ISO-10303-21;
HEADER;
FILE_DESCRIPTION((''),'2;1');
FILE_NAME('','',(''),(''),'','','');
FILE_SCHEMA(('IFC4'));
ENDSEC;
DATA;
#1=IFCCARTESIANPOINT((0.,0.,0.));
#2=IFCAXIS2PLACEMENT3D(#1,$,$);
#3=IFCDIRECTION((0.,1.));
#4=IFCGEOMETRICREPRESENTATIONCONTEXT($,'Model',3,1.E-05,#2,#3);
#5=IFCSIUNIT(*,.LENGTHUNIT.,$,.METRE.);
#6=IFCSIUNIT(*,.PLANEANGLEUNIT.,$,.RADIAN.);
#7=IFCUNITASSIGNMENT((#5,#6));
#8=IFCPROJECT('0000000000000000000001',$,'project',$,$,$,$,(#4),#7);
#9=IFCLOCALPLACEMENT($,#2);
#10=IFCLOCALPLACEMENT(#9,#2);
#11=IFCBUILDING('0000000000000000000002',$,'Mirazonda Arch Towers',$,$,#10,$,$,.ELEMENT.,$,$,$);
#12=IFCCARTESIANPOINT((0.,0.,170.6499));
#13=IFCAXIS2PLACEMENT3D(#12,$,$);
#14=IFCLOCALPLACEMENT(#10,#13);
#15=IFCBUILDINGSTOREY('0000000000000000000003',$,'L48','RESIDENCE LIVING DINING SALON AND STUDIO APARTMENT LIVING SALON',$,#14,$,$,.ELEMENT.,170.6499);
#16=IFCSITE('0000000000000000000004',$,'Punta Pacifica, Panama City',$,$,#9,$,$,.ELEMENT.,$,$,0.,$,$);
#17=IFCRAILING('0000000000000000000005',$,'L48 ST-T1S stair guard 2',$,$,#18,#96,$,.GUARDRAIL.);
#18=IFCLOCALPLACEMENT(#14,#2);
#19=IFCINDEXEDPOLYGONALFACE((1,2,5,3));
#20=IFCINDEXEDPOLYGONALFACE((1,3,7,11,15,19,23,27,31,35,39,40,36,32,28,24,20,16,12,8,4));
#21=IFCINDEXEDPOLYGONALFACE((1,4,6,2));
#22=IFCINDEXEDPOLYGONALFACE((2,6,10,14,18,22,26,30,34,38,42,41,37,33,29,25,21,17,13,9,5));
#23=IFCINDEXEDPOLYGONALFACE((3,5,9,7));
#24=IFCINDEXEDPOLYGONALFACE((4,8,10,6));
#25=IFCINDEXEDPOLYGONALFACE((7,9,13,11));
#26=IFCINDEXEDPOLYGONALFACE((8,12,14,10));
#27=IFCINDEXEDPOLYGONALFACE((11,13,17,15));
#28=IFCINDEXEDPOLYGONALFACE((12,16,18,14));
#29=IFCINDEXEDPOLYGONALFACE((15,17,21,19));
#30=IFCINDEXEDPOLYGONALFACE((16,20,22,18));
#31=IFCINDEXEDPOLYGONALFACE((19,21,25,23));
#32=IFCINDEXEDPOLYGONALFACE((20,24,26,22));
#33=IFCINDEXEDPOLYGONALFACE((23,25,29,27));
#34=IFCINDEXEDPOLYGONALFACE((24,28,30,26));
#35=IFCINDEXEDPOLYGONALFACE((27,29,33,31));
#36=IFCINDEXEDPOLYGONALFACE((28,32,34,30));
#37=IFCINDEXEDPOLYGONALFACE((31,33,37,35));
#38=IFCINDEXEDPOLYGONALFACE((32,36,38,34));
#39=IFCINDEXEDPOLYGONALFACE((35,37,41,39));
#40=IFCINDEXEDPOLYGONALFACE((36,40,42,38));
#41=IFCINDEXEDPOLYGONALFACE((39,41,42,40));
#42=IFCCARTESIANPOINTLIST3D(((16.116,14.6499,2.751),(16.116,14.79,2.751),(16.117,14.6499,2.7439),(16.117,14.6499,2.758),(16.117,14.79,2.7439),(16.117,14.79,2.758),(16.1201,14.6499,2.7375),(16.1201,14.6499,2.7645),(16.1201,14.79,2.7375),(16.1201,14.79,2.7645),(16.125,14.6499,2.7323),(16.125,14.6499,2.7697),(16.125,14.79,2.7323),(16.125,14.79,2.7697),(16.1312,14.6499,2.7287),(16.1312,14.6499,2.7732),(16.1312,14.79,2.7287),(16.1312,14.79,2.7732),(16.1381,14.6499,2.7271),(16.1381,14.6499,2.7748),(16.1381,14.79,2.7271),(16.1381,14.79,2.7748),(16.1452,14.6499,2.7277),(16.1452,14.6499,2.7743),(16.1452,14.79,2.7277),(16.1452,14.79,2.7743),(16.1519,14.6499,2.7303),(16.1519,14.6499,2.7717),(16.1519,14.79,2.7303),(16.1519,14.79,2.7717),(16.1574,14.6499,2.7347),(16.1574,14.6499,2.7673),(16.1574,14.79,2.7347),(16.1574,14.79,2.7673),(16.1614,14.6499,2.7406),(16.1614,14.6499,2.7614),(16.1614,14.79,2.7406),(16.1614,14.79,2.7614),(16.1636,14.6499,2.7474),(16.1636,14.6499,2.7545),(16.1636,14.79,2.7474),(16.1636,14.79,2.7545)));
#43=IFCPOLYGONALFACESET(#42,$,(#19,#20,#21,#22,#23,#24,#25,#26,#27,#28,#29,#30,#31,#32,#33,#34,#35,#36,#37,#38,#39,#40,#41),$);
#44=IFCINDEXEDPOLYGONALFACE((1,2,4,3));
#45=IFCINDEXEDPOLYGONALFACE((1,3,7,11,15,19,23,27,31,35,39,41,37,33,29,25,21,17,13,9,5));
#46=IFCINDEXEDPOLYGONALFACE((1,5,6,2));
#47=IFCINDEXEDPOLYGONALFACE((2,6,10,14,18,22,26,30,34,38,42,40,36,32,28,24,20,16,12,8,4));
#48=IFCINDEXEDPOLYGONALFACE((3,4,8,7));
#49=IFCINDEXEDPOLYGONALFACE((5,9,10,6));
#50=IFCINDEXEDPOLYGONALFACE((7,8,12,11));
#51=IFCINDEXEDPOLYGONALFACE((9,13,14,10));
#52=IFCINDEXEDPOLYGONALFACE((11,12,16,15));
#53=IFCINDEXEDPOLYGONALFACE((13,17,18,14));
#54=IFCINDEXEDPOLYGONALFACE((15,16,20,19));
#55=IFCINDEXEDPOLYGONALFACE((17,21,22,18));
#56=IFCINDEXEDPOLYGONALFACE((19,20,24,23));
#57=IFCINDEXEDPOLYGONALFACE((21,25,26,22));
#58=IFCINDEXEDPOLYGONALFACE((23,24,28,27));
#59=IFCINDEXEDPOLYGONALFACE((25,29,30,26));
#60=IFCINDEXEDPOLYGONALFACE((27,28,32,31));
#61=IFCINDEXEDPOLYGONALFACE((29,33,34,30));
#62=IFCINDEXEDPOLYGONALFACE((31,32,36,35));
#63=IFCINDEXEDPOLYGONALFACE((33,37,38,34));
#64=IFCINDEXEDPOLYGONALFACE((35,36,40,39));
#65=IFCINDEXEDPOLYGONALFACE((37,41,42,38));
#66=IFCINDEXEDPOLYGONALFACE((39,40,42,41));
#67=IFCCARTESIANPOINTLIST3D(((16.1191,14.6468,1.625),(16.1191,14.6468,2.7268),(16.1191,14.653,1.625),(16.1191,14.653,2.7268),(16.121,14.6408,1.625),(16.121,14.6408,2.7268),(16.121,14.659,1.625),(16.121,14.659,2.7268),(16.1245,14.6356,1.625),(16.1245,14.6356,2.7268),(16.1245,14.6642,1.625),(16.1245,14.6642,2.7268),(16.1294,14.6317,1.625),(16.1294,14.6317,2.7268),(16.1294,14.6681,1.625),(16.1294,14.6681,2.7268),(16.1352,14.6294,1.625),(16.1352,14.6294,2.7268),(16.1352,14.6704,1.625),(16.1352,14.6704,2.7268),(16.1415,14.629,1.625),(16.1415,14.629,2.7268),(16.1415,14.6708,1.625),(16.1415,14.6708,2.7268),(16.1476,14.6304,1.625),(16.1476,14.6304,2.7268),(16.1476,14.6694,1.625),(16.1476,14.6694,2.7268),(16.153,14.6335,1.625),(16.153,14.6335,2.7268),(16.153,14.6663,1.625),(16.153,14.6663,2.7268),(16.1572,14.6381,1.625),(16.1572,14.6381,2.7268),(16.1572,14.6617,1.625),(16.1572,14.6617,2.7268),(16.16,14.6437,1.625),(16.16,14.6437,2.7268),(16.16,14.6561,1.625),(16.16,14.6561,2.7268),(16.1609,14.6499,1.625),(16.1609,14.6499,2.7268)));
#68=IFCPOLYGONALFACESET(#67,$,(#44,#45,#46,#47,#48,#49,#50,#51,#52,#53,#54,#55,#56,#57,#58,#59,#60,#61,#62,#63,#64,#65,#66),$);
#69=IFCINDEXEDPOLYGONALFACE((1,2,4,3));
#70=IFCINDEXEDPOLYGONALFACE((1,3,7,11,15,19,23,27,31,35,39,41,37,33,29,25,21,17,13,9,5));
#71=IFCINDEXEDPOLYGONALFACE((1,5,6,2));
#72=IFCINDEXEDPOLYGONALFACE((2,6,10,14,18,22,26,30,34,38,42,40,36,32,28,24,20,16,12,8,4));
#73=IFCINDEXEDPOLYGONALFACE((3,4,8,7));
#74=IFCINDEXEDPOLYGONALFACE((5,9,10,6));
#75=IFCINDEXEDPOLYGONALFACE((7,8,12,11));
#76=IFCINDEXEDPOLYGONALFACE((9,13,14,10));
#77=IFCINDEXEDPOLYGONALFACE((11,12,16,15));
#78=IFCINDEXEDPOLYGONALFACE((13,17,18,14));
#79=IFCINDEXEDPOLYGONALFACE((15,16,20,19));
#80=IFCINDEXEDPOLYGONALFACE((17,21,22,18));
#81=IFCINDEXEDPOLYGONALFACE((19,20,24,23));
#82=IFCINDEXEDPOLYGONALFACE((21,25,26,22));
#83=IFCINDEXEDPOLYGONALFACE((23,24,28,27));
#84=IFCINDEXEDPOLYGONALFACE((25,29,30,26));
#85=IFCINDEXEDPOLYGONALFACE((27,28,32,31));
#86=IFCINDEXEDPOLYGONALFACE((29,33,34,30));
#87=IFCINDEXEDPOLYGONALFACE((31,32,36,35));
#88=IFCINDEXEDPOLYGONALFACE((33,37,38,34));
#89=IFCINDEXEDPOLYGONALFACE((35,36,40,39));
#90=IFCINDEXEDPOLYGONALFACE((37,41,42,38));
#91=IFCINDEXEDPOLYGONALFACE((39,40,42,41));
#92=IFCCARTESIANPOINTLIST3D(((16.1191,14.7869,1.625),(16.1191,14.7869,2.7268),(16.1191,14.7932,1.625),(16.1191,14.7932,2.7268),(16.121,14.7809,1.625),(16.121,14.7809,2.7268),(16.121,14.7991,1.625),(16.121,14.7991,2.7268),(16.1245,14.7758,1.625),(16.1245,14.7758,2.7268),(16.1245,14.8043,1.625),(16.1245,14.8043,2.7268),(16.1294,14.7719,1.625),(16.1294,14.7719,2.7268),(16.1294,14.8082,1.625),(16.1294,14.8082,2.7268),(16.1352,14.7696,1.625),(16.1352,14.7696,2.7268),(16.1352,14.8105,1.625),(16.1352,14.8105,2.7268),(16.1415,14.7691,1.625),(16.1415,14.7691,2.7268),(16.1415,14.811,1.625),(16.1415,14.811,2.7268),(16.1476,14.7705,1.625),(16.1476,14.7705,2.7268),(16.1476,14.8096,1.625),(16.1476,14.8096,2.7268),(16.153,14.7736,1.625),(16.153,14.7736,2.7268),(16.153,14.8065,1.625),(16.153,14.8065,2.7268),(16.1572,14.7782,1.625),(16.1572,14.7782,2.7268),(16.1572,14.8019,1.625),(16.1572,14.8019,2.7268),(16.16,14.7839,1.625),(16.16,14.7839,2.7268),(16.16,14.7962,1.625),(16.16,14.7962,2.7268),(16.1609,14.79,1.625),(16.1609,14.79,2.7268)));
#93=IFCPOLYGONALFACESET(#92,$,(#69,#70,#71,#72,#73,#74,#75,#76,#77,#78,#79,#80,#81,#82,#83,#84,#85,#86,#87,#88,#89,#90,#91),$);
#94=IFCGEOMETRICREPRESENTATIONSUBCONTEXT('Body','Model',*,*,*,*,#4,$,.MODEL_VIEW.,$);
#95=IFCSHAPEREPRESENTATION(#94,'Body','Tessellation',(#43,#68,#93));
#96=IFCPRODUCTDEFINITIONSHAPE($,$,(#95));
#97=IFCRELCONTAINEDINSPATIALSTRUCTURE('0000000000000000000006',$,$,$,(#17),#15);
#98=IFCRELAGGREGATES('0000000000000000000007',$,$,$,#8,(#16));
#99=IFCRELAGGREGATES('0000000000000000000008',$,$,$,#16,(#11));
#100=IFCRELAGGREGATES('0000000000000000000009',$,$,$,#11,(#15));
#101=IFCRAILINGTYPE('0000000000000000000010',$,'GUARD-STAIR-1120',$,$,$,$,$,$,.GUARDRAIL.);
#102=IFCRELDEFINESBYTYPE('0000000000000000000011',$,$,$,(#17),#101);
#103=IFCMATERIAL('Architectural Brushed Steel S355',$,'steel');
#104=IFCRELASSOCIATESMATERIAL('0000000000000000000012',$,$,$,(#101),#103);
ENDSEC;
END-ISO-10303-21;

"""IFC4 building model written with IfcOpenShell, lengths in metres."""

from ifc_helpers import new_model, si_unit, direction, frame, origin, origin_2d, place, context, subcontext, project, spatial, circle, extrude, material, type_object, element, save


model = new_model("IFC4")

# Units and contexts
model_context = context("Model", 3, precision=1e-05, world=origin(), true_north=direction((0.0, 1.0)))
body_context = subcontext(model_context, "Body", "Model", "MODEL_VIEW")
ifc_project = project(units=[si_unit("LENGTHUNIT", "METRE"), si_unit("PLANEANGLEUNIT", "RADIAN")], contexts=[model_context])

# Site, building, storey
site_placement = place(None, origin())
site = spatial("IfcSite", under=ifc_project, at=site_placement, Name="Punta Pacifica, Panama City", CompositionType="ELEMENT", RefElevation=0.0)
building_placement = place(site_placement, origin())
building = spatial("IfcBuilding", under=site, at=building_placement, Name="Mirazonda Arch Towers", CompositionType="ELEMENT")
storey_placement = place(building_placement, frame((0.0, 0.0, 170.6499)))
storey = spatial("IfcBuildingStorey", under=building, at=storey_placement, Name="L48", Description="RESIDENCE LIVING DINING SALON AND STUDIO APARTMENT LIVING SALON", CompositionType="ELEMENT", Elevation=170.6499)

# Shared definitions
ifc_material_1 = material(Name="Architectural Brushed Steel S355", Category="steel")

# Railing
railing_type_1 = type_object("IfcRailingType", Name="GUARD-STAIR-1120", PredefinedType="GUARDRAIL", material=ifc_material_1)
railing_1_placement = place(storey_placement, frame((16.1399, 14.6499, 1.625)))
element("IfcRailing", 1, at=railing_1_placement, inside=storey, type_object=railing_type_1, Name="L48 ST-T1S stair guard 2", PredefinedType="GUARDRAIL", context=body_context, shape_type="SweptSolid", body=[
    extrude(circle(Radius=0.0239, at=origin_2d()), frame((0.0, 0.0, 1.126), z_axis=(0.0, 1.0, 0.0), x_axis=(-1.0, 0.0, 0.0)), (0.0, 0.0, 1.0), 0.1401),
    extrude(circle(Radius=0.021, at=origin_2d()), origin(), (0.0, 0.0, 1.0), 1.1018),
    extrude(circle(Radius=0.021, at=origin_2d()), frame((0.0, 0.1401, 0.0)), (0.0, 0.0, 1.0), 1.1018),
])

save(model, "model.ifc")
